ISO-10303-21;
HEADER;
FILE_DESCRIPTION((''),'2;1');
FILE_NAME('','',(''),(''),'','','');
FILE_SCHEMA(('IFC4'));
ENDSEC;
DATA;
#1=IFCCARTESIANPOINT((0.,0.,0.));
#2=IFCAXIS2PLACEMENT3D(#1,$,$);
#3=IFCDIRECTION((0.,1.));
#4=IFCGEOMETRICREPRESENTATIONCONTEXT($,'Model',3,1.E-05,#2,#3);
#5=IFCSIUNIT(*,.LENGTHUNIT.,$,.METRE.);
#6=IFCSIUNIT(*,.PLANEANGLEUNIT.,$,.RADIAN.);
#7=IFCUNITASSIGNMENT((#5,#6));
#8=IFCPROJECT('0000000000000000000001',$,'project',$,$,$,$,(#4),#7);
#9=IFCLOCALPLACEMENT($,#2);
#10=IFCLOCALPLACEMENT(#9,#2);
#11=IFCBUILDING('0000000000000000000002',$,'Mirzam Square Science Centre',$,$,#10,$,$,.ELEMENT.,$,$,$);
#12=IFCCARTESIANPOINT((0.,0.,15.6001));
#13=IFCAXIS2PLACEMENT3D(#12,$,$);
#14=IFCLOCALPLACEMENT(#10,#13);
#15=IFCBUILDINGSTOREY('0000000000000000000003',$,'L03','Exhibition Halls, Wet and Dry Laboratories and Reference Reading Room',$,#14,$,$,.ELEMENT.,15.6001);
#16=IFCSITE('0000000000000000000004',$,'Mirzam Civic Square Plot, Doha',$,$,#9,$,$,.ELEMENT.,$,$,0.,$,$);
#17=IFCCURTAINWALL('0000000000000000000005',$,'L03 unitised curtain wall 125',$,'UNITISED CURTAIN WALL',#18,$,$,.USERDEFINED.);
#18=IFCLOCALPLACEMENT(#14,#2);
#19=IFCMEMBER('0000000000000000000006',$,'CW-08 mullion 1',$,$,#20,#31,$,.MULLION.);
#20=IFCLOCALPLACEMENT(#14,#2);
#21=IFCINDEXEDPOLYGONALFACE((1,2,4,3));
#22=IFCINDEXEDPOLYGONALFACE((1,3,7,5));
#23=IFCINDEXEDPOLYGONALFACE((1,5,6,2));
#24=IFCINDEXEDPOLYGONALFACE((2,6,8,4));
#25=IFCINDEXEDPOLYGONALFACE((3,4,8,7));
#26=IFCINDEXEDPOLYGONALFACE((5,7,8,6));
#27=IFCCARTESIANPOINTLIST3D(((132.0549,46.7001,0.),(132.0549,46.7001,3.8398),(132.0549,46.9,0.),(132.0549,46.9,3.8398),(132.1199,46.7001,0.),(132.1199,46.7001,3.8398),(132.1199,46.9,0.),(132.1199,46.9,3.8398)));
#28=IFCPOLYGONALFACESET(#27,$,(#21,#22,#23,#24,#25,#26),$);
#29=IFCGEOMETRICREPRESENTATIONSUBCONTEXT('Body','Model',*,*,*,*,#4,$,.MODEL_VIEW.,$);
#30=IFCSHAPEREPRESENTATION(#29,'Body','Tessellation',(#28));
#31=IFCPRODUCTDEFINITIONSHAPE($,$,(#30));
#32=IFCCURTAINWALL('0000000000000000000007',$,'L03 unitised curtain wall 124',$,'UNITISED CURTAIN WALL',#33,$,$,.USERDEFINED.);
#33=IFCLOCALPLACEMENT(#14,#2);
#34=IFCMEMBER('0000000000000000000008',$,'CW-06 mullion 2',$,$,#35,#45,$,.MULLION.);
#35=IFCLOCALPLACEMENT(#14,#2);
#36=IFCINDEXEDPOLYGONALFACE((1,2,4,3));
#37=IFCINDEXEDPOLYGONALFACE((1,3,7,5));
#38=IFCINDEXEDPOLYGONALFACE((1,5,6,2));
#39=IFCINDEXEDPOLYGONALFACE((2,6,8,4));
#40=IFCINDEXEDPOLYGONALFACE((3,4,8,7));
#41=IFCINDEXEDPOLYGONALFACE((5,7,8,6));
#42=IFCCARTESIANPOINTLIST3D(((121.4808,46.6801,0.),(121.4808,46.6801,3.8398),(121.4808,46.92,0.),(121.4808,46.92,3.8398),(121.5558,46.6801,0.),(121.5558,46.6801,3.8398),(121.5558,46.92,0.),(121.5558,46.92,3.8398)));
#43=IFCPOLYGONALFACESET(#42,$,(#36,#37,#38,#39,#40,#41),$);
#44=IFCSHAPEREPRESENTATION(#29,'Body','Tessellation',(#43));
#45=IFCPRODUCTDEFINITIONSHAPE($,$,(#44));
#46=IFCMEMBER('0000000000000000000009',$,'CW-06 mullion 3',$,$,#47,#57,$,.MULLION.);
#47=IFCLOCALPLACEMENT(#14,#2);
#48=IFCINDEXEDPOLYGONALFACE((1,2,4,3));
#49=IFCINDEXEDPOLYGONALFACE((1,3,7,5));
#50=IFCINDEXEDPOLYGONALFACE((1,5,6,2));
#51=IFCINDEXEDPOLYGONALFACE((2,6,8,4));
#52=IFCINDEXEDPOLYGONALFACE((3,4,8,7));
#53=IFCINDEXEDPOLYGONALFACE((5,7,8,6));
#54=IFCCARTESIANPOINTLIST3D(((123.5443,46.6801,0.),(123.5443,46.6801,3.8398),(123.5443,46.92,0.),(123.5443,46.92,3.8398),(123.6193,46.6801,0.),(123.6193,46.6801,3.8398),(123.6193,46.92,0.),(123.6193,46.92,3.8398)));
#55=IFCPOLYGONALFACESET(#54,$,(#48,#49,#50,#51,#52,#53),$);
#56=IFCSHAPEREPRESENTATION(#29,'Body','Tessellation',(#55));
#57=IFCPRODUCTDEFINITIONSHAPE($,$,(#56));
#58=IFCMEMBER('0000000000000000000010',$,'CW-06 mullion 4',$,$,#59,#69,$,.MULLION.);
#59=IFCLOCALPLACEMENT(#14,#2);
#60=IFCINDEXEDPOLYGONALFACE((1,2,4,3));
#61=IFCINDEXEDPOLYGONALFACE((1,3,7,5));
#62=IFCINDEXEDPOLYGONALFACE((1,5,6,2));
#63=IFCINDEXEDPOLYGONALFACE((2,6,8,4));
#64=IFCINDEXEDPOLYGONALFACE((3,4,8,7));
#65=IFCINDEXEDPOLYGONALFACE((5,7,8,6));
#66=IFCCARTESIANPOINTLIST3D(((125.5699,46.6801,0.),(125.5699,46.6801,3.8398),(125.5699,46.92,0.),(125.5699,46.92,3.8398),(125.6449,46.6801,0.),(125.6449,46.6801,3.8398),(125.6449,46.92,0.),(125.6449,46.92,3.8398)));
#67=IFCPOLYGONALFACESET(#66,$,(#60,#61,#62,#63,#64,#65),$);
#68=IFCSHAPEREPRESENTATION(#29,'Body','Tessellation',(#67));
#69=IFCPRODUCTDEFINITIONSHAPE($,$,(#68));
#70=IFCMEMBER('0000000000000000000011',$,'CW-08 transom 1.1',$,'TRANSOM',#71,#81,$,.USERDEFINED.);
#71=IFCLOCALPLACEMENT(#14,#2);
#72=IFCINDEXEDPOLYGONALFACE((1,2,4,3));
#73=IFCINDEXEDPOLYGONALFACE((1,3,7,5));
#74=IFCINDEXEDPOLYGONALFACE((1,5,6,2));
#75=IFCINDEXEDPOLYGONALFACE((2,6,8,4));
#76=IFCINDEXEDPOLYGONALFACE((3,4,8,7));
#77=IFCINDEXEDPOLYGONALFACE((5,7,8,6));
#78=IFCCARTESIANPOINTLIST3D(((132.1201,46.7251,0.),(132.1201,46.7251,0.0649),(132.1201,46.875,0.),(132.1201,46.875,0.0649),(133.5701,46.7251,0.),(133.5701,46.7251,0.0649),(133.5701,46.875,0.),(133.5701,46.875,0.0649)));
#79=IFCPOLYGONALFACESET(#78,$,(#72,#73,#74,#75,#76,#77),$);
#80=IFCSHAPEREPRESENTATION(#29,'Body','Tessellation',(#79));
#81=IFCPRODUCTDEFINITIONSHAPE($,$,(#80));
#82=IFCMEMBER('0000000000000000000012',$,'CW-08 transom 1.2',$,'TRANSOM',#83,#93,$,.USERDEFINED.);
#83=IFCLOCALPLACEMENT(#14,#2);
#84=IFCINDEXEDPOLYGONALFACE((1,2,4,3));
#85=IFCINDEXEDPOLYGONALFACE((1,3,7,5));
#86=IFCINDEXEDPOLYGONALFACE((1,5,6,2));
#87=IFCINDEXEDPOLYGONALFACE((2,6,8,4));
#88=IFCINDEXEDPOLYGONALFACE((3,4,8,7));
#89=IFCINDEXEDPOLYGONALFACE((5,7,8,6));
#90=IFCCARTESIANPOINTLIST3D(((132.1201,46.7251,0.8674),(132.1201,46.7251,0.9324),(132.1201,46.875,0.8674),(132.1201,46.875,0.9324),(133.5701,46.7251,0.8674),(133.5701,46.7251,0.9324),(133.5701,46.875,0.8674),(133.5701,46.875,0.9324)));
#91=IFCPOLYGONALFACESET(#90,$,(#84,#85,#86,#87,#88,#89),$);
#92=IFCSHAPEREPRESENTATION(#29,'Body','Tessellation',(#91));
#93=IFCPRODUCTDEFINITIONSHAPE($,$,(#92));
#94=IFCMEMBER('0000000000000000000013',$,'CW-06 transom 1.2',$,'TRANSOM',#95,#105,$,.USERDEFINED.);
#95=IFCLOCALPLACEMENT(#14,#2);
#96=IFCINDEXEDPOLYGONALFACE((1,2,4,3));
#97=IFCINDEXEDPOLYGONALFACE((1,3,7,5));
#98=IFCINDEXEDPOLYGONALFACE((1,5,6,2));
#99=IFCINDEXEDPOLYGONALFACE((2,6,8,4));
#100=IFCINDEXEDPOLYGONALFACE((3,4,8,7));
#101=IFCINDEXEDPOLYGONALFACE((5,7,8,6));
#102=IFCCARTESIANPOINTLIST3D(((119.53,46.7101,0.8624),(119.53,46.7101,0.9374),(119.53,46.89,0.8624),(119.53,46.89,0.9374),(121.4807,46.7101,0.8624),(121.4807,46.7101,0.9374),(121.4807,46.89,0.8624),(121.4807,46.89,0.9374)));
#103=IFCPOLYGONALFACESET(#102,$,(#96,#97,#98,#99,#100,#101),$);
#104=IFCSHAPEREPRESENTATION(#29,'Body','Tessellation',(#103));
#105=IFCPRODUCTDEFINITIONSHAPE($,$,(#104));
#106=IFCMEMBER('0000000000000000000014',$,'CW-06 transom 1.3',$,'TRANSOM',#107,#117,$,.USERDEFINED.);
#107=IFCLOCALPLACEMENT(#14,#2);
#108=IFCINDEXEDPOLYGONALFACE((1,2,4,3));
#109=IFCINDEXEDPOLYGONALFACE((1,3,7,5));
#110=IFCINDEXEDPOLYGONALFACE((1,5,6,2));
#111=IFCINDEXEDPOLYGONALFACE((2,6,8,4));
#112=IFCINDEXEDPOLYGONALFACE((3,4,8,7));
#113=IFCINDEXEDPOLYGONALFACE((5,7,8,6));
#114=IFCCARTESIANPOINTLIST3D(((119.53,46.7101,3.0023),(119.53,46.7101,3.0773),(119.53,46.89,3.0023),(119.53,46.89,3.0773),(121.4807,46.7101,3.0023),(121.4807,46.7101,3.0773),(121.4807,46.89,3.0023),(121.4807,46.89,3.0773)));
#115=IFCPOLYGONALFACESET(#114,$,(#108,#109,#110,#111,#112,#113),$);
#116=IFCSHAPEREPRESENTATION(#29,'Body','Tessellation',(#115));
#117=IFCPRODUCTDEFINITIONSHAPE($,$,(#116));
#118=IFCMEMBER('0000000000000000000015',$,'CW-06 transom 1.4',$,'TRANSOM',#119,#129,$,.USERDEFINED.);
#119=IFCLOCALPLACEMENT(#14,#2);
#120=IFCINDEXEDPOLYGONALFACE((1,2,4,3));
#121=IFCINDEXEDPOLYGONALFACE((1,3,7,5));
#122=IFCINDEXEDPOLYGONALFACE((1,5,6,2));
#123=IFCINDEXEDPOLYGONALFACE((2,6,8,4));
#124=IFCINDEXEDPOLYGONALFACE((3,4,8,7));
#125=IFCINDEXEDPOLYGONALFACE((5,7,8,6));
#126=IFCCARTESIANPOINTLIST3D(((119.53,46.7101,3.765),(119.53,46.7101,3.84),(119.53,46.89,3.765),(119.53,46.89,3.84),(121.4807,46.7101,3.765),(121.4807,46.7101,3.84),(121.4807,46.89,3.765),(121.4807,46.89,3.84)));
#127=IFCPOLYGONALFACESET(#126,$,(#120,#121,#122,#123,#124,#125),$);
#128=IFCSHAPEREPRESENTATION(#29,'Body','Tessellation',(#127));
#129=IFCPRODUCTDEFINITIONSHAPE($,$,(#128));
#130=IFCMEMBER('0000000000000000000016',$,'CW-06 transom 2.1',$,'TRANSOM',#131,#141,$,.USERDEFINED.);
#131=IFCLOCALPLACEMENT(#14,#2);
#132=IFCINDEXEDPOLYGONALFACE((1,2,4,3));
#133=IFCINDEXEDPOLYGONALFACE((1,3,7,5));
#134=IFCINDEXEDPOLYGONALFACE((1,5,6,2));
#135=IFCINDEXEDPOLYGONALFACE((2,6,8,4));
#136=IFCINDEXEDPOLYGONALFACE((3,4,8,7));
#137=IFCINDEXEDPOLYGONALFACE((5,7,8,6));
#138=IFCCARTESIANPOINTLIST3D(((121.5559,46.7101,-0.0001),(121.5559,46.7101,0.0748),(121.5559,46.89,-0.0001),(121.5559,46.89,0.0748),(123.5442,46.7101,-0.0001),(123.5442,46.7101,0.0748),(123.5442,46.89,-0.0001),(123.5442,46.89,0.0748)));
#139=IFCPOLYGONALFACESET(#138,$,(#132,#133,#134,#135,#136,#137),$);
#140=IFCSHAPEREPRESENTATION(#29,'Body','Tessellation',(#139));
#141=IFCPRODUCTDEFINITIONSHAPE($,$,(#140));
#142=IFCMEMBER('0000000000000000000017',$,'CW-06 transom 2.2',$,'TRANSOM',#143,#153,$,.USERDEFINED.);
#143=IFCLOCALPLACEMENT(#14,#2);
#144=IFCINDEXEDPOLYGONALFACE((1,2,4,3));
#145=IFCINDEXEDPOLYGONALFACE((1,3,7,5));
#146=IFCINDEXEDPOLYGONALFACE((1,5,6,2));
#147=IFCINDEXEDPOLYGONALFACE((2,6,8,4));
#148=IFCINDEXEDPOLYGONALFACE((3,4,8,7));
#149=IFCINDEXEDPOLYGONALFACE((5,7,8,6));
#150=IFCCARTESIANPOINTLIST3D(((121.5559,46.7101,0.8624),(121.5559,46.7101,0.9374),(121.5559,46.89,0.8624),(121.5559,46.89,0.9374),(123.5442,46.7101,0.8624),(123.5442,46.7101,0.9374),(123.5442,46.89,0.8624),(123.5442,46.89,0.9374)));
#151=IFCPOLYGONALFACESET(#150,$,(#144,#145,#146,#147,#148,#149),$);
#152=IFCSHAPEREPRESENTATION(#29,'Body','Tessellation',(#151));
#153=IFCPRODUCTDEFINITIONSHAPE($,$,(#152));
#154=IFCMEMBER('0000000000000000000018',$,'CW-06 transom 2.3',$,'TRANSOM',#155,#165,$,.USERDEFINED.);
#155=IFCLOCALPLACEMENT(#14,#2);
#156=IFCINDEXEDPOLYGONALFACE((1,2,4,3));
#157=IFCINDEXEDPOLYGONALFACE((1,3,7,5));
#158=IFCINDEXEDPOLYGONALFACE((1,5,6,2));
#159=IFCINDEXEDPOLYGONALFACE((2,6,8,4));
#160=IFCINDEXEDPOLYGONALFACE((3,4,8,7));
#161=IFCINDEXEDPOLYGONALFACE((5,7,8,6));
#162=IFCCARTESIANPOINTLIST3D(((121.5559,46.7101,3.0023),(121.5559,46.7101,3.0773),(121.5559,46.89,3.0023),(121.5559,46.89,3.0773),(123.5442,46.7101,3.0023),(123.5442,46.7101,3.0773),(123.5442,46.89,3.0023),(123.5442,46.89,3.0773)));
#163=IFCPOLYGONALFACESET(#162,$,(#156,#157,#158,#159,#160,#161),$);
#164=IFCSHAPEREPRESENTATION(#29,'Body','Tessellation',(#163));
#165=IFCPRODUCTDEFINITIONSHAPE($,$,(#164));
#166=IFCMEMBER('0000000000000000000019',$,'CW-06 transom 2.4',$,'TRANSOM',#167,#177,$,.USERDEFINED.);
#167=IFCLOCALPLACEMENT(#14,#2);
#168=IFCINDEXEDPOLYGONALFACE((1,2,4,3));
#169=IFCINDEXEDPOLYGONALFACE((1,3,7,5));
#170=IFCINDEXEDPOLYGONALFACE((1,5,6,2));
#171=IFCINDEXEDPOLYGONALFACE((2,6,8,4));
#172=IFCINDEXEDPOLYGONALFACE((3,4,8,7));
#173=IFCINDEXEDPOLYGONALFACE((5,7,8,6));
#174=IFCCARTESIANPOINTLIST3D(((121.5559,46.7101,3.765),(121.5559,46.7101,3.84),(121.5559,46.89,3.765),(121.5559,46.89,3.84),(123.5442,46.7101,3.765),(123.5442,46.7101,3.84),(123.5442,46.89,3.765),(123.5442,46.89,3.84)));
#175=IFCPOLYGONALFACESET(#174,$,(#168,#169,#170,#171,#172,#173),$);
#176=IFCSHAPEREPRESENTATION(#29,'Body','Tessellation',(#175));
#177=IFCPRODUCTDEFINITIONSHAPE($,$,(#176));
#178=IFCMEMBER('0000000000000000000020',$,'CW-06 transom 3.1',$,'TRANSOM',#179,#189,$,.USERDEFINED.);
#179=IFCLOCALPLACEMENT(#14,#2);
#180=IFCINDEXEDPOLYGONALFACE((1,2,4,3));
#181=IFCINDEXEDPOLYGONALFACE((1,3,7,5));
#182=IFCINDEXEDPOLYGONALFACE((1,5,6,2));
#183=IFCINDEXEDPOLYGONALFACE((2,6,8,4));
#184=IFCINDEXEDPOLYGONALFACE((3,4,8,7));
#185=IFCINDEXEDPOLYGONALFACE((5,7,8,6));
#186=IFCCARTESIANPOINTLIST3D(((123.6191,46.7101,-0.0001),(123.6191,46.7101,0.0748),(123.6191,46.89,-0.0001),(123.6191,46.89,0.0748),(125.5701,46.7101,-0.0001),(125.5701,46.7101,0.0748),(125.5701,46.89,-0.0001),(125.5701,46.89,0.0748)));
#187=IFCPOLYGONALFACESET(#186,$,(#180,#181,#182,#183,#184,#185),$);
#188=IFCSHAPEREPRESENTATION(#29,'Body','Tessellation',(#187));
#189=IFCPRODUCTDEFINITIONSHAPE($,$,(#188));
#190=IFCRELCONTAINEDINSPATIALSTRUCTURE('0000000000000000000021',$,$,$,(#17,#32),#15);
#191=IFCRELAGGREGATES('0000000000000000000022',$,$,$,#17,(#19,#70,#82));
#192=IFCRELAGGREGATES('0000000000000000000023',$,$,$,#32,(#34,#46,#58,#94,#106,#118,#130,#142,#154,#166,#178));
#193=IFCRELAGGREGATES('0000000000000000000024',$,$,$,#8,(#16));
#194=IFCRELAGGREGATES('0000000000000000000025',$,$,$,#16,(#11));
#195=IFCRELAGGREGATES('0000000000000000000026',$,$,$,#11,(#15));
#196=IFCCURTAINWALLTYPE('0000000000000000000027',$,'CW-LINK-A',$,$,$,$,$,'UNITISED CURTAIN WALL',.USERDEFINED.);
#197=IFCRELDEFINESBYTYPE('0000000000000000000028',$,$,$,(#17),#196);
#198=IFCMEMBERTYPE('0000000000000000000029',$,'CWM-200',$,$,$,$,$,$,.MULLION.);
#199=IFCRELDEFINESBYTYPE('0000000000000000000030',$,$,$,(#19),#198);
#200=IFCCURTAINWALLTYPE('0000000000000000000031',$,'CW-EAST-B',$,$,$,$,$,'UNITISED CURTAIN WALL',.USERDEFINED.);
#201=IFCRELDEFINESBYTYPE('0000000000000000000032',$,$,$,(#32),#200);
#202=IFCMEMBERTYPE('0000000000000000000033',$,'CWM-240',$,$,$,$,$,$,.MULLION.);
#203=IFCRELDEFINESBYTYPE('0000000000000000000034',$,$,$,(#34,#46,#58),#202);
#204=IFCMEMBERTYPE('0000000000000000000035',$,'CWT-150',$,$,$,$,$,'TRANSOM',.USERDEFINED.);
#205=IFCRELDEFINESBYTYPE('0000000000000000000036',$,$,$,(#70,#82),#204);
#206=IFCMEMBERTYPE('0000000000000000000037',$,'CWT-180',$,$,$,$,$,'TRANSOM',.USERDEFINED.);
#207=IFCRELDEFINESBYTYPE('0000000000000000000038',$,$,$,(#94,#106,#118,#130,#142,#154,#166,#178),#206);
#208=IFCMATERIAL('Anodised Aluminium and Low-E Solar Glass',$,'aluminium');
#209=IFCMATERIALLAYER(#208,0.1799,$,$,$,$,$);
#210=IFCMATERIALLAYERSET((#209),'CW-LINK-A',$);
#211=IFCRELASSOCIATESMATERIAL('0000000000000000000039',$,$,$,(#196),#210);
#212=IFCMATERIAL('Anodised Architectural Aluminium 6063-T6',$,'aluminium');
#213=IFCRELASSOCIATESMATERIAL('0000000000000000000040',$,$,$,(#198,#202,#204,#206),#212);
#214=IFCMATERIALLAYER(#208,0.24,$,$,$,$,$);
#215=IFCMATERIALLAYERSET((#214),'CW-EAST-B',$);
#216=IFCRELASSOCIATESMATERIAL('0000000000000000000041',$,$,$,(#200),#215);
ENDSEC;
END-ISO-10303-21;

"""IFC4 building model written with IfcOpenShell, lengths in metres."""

from ifc_helpers import new_model, si_unit, direction, frame, origin, origin_2d, place, context, subcontext, project, spatial, rectangle, extrude, material, layer, layer_set, material_profile, profile_set, type_object, element, aggregate, save


model = new_model("IFC4")

# Units and contexts
model_context = context("Model", 3, precision=1e-05, world=origin(), true_north=direction((0.0, 1.0)))
body_context = subcontext(model_context, "Body", "Model", "MODEL_VIEW")
ifc_project = project(units=[si_unit("LENGTHUNIT", "METRE"), si_unit("PLANEANGLEUNIT", "RADIAN")], contexts=[model_context])

# Site, building, storey
site_placement = place(None, origin())
site = spatial("IfcSite", under=ifc_project, at=site_placement, Name="Mirzam Civic Square Plot, Doha", CompositionType="ELEMENT", RefElevation=0.0)
building_placement = place(site_placement, origin())
building = spatial("IfcBuilding", under=site, at=building_placement, Name="Mirzam Square Science Centre", CompositionType="ELEMENT")
storey_placement = place(building_placement, frame((0.0, 0.0, 15.6001)))
storey = spatial("IfcBuildingStorey", under=building, at=storey_placement, Name="L03", Description="Exhibition Halls, Wet and Dry Laboratories and Reference Reading Room", CompositionType="ELEMENT", Elevation=15.6001)

# Curtain wall, member
ifc_material_1 = material(Name="Anodised Aluminium and Low-E Solar Glass", Category="aluminium")
ifc_layer_1 = layer(ifc_material_1, 0.1799)
ifc_layer_set_1 = layer_set([ifc_layer_1], Name="CW-LINK-A")
curtain_wall_type_1 = type_object("IfcCurtainWallType", Name="CW-LINK-A", ElementType="UNITISED CURTAIN WALL", PredefinedType="USERDEFINED", material=ifc_layer_set_1)
curtain_wall_1_placement = place(storey_placement, origin())
curtain_wall_1 = element("IfcCurtainWall", 1, at=curtain_wall_1_placement, inside=storey, type_object=curtain_wall_type_1, Name="L03 unitised curtain wall 125", ObjectType="UNITISED CURTAIN WALL", PredefinedType="USERDEFINED")
ifc_material_2 = material(Name="Anodised Architectural Aluminium 6063-T6", Category="aluminium")
ifc_material_profile_1 = material_profile(ifc_material_2, rectangle(XDim=0.0649, YDim=0.2, at=origin_2d()), Name="ALU-MULL-200x65x5")
ifc_profile_set_1 = profile_set([ifc_material_profile_1], Name="Anodised Architectural Aluminium 6063-T6")
member_type_1 = type_object("IfcMemberType", Name="CWM-200", PredefinedType="MULLION", material=ifc_profile_set_1)
member_1_placement = place(storey_placement, frame((132.0874, 46.8, 0.0), z_axis=(0.0, 0.0, 1.0), x_axis=(1.0, 0.0, 0.0)))
member_1 = element("IfcMember", 2, at=member_1_placement, type_object=member_type_1, Name="CW-08 mullion 1", PredefinedType="MULLION", context=body_context, shape_type="SweptSolid", body=[
    extrude(rectangle(XDim=0.0649, YDim=0.2, at=origin_2d()), origin(), (0.0, 0.0, 1.0), 3.8398),
])

# Curtain wall, members
ifc_layer_2 = layer(ifc_material_1, 0.24)
ifc_layer_set_2 = layer_set([ifc_layer_2], Name="CW-EAST-B")
curtain_wall_type_2 = type_object("IfcCurtainWallType", Name="CW-EAST-B", ElementType="UNITISED CURTAIN WALL", PredefinedType="USERDEFINED", material=ifc_layer_set_2)
curtain_wall_2_placement = place(storey_placement, origin())
curtain_wall_2 = element("IfcCurtainWall", 3, at=curtain_wall_2_placement, inside=storey, type_object=curtain_wall_type_2, Name="L03 unitised curtain wall 124", ObjectType="UNITISED CURTAIN WALL", PredefinedType="USERDEFINED")
ifc_material_profile_2 = material_profile(ifc_material_2, rectangle(XDim=0.075, YDim=0.24, at=origin_2d()), Name="ALU-MULL-240x75x5")
ifc_profile_set_2 = profile_set([ifc_material_profile_2], Name="Anodised Architectural Aluminium 6063-T6")
member_type_2 = type_object("IfcMemberType", Name="CWM-240", PredefinedType="MULLION", material=ifc_profile_set_2)
member_2_placement = place(storey_placement, frame((121.5183, 46.8, 0.0), z_axis=(0.0, 0.0, 1.0), x_axis=(1.0, 0.0, 0.0)))
member_2 = element("IfcMember", 4, at=member_2_placement, type_object=member_type_2, Name="CW-06 mullion 2", PredefinedType="MULLION", context=body_context, shape_type="SweptSolid", body=[
    extrude(rectangle(XDim=0.075, YDim=0.24, at=origin_2d()), origin(), (0.0, 0.0, 1.0), 3.8398),
])
member_3_placement = place(storey_placement, frame((123.5818, 46.8, 0.0), z_axis=(0.0, 0.0, 1.0), x_axis=(1.0, 0.0, 0.0)))
member_3 = element("IfcMember", 5, at=member_3_placement, type_object=member_type_2, Name="CW-06 mullion 3", PredefinedType="MULLION", context=body_context, shape_type="SweptSolid", body=[
    extrude(rectangle(XDim=0.075, YDim=0.24, at=origin_2d()), origin(), (0.0, 0.0, 1.0), 3.8398),
])
member_4_placement = place(storey_placement, frame((125.6074, 46.8, 0.0), z_axis=(0.0, 0.0, 1.0), x_axis=(1.0, 0.0, 0.0)))
member_4 = element("IfcMember", 6, at=member_4_placement, type_object=member_type_2, Name="CW-06 mullion 4", PredefinedType="MULLION", context=body_context, shape_type="SweptSolid", body=[
    extrude(rectangle(XDim=0.075, YDim=0.24, at=origin_2d()), origin(), (0.0, 0.0, 1.0), 3.8398),
])

# Members
ifc_material_profile_3 = material_profile(ifc_material_2, rectangle(XDim=0.1499, YDim=0.0649, at=origin_2d()), Name="ALU-TRAN-150x65x4")
ifc_profile_set_3 = profile_set([ifc_material_profile_3], Name="Anodised Architectural Aluminium 6063-T6")
member_type_3 = type_object("IfcMemberType", Name="CWT-150", ElementType="TRANSOM", PredefinedType="USERDEFINED", material=ifc_profile_set_3)
member_5_placement = place(storey_placement, frame((132.1201, 46.8, 0.0325), z_axis=(1.0, 0.0, 0.0), x_axis=(0.0, 1.0, 0.0)))
member_5 = element("IfcMember", 7, at=member_5_placement, type_object=member_type_3, Name="CW-08 transom 1.1", ObjectType="TRANSOM", PredefinedType="USERDEFINED", context=body_context, shape_type="SweptSolid", body=[
    extrude(rectangle(XDim=0.1499, YDim=0.0649, at=origin_2d()), origin(), (0.0, 0.0, 1.0), 1.45),
])
member_6_placement = place(storey_placement, frame((132.1201, 46.8, 0.8999), z_axis=(1.0, 0.0, 0.0), x_axis=(0.0, 1.0, 0.0)))
member_6 = element("IfcMember", 8, at=member_6_placement, type_object=member_type_3, Name="CW-08 transom 1.2", ObjectType="TRANSOM", PredefinedType="USERDEFINED", context=body_context, shape_type="SweptSolid", body=[
    extrude(rectangle(XDim=0.1499, YDim=0.0649, at=origin_2d()), origin(), (0.0, 0.0, 1.0), 1.45),
])
aggregate(curtain_wall_1, [member_1, member_5, member_6])
ifc_material_profile_4 = material_profile(ifc_material_2, rectangle(XDim=0.1799, YDim=0.075, at=origin_2d()), Name="ALU-TRAN-180x75x5")
ifc_profile_set_4 = profile_set([ifc_material_profile_4], Name="Anodised Architectural Aluminium 6063-T6")
member_type_4 = type_object("IfcMemberType", Name="CWT-180", ElementType="TRANSOM", PredefinedType="USERDEFINED", material=ifc_profile_set_4)
member_7_placement = place(storey_placement, frame((119.53, 46.8, 0.8999), z_axis=(1.0, 0.0, 0.0), x_axis=(0.0, 1.0, 0.0)))
member_7 = element("IfcMember", 9, at=member_7_placement, type_object=member_type_4, Name="CW-06 transom 1.2", ObjectType="TRANSOM", PredefinedType="USERDEFINED", context=body_context, shape_type="SweptSolid", body=[
    extrude(rectangle(XDim=0.1799, YDim=0.075, at=origin_2d()), origin(), (0.0, 0.0, 1.0), 1.9507),
])
member_8_placement = place(storey_placement, frame((119.53, 46.8, 3.0398), z_axis=(1.0, 0.0, 0.0), x_axis=(0.0, 1.0, 0.0)))
member_8 = element("IfcMember", 10, at=member_8_placement, type_object=member_type_4, Name="CW-06 transom 1.3", ObjectType="TRANSOM", PredefinedType="USERDEFINED", context=body_context, shape_type="SweptSolid", body=[
    extrude(rectangle(XDim=0.1799, YDim=0.075, at=origin_2d()), origin(), (0.0, 0.0, 1.0), 1.9507),
])
member_9_placement = place(storey_placement, frame((119.53, 46.8, 3.8025), z_axis=(1.0, 0.0, 0.0), x_axis=(0.0, 1.0, 0.0)))
member_9 = element("IfcMember", 11, at=member_9_placement, type_object=member_type_4, Name="CW-06 transom 1.4", ObjectType="TRANSOM", PredefinedType="USERDEFINED", context=body_context, shape_type="SweptSolid", body=[
    extrude(rectangle(XDim=0.1799, YDim=0.075, at=origin_2d()), origin(), (0.0, 0.0, 1.0), 1.9507),
])
member_10_placement = place(storey_placement, frame((121.5559, 46.8, 0.0374), z_axis=(1.0, 0.0, 0.0), x_axis=(0.0, 1.0, 0.0)))
member_10 = element("IfcMember", 12, at=member_10_placement, type_object=member_type_4, Name="CW-06 transom 2.1", ObjectType="TRANSOM", PredefinedType="USERDEFINED", context=body_context, shape_type="SweptSolid", body=[
    extrude(rectangle(XDim=0.1799, YDim=0.075, at=origin_2d()), origin(), (0.0, 0.0, 1.0), 1.9883),
])
member_11_placement = place(storey_placement, frame((121.5559, 46.8, 0.8999), z_axis=(1.0, 0.0, 0.0), x_axis=(0.0, 1.0, 0.0)))
member_11 = element("IfcMember", 13, at=member_11_placement, type_object=member_type_4, Name="CW-06 transom 2.2", ObjectType="TRANSOM", PredefinedType="USERDEFINED", context=body_context, shape_type="SweptSolid", body=[
    extrude(rectangle(XDim=0.1799, YDim=0.075, at=origin_2d()), origin(), (0.0, 0.0, 1.0), 1.9883),
])
member_12_placement = place(storey_placement, frame((121.5559, 46.8, 3.0398), z_axis=(1.0, 0.0, 0.0), x_axis=(0.0, 1.0, 0.0)))
member_12 = element("IfcMember", 14, at=member_12_placement, type_object=member_type_4, Name="CW-06 transom 2.3", ObjectType="TRANSOM", PredefinedType="USERDEFINED", context=body_context, shape_type="SweptSolid", body=[
    extrude(rectangle(XDim=0.1799, YDim=0.075, at=origin_2d()), origin(), (0.0, 0.0, 1.0), 1.9883),
])
member_13_placement = place(storey_placement, frame((121.5559, 46.8, 3.8025), z_axis=(1.0, 0.0, 0.0), x_axis=(0.0, 1.0, 0.0)))
member_13 = element("IfcMember", 15, at=member_13_placement, type_object=member_type_4, Name="CW-06 transom 2.4", ObjectType="TRANSOM", PredefinedType="USERDEFINED", context=body_context, shape_type="SweptSolid", body=[
    extrude(rectangle(XDim=0.1799, YDim=0.075, at=origin_2d()), origin(), (0.0, 0.0, 1.0), 1.9883),
])
member_14_placement = place(storey_placement, frame((123.6191, 46.8, 0.0374), z_axis=(1.0, 0.0, 0.0), x_axis=(0.0, 1.0, 0.0)))
member_14 = element("IfcMember", 16, at=member_14_placement, type_object=member_type_4, Name="CW-06 transom 3.1", ObjectType="TRANSOM", PredefinedType="USERDEFINED", context=body_context, shape_type="SweptSolid", body=[
    extrude(rectangle(XDim=0.1799, YDim=0.075, at=origin_2d()), origin(), (0.0, 0.0, 1.0), 1.9509),
])

aggregate(curtain_wall_2, [member_2, member_3, member_4, member_7, member_8, member_9, member_10, member_11, member_12, member_13, member_14])

save(model, "model.ifc")
